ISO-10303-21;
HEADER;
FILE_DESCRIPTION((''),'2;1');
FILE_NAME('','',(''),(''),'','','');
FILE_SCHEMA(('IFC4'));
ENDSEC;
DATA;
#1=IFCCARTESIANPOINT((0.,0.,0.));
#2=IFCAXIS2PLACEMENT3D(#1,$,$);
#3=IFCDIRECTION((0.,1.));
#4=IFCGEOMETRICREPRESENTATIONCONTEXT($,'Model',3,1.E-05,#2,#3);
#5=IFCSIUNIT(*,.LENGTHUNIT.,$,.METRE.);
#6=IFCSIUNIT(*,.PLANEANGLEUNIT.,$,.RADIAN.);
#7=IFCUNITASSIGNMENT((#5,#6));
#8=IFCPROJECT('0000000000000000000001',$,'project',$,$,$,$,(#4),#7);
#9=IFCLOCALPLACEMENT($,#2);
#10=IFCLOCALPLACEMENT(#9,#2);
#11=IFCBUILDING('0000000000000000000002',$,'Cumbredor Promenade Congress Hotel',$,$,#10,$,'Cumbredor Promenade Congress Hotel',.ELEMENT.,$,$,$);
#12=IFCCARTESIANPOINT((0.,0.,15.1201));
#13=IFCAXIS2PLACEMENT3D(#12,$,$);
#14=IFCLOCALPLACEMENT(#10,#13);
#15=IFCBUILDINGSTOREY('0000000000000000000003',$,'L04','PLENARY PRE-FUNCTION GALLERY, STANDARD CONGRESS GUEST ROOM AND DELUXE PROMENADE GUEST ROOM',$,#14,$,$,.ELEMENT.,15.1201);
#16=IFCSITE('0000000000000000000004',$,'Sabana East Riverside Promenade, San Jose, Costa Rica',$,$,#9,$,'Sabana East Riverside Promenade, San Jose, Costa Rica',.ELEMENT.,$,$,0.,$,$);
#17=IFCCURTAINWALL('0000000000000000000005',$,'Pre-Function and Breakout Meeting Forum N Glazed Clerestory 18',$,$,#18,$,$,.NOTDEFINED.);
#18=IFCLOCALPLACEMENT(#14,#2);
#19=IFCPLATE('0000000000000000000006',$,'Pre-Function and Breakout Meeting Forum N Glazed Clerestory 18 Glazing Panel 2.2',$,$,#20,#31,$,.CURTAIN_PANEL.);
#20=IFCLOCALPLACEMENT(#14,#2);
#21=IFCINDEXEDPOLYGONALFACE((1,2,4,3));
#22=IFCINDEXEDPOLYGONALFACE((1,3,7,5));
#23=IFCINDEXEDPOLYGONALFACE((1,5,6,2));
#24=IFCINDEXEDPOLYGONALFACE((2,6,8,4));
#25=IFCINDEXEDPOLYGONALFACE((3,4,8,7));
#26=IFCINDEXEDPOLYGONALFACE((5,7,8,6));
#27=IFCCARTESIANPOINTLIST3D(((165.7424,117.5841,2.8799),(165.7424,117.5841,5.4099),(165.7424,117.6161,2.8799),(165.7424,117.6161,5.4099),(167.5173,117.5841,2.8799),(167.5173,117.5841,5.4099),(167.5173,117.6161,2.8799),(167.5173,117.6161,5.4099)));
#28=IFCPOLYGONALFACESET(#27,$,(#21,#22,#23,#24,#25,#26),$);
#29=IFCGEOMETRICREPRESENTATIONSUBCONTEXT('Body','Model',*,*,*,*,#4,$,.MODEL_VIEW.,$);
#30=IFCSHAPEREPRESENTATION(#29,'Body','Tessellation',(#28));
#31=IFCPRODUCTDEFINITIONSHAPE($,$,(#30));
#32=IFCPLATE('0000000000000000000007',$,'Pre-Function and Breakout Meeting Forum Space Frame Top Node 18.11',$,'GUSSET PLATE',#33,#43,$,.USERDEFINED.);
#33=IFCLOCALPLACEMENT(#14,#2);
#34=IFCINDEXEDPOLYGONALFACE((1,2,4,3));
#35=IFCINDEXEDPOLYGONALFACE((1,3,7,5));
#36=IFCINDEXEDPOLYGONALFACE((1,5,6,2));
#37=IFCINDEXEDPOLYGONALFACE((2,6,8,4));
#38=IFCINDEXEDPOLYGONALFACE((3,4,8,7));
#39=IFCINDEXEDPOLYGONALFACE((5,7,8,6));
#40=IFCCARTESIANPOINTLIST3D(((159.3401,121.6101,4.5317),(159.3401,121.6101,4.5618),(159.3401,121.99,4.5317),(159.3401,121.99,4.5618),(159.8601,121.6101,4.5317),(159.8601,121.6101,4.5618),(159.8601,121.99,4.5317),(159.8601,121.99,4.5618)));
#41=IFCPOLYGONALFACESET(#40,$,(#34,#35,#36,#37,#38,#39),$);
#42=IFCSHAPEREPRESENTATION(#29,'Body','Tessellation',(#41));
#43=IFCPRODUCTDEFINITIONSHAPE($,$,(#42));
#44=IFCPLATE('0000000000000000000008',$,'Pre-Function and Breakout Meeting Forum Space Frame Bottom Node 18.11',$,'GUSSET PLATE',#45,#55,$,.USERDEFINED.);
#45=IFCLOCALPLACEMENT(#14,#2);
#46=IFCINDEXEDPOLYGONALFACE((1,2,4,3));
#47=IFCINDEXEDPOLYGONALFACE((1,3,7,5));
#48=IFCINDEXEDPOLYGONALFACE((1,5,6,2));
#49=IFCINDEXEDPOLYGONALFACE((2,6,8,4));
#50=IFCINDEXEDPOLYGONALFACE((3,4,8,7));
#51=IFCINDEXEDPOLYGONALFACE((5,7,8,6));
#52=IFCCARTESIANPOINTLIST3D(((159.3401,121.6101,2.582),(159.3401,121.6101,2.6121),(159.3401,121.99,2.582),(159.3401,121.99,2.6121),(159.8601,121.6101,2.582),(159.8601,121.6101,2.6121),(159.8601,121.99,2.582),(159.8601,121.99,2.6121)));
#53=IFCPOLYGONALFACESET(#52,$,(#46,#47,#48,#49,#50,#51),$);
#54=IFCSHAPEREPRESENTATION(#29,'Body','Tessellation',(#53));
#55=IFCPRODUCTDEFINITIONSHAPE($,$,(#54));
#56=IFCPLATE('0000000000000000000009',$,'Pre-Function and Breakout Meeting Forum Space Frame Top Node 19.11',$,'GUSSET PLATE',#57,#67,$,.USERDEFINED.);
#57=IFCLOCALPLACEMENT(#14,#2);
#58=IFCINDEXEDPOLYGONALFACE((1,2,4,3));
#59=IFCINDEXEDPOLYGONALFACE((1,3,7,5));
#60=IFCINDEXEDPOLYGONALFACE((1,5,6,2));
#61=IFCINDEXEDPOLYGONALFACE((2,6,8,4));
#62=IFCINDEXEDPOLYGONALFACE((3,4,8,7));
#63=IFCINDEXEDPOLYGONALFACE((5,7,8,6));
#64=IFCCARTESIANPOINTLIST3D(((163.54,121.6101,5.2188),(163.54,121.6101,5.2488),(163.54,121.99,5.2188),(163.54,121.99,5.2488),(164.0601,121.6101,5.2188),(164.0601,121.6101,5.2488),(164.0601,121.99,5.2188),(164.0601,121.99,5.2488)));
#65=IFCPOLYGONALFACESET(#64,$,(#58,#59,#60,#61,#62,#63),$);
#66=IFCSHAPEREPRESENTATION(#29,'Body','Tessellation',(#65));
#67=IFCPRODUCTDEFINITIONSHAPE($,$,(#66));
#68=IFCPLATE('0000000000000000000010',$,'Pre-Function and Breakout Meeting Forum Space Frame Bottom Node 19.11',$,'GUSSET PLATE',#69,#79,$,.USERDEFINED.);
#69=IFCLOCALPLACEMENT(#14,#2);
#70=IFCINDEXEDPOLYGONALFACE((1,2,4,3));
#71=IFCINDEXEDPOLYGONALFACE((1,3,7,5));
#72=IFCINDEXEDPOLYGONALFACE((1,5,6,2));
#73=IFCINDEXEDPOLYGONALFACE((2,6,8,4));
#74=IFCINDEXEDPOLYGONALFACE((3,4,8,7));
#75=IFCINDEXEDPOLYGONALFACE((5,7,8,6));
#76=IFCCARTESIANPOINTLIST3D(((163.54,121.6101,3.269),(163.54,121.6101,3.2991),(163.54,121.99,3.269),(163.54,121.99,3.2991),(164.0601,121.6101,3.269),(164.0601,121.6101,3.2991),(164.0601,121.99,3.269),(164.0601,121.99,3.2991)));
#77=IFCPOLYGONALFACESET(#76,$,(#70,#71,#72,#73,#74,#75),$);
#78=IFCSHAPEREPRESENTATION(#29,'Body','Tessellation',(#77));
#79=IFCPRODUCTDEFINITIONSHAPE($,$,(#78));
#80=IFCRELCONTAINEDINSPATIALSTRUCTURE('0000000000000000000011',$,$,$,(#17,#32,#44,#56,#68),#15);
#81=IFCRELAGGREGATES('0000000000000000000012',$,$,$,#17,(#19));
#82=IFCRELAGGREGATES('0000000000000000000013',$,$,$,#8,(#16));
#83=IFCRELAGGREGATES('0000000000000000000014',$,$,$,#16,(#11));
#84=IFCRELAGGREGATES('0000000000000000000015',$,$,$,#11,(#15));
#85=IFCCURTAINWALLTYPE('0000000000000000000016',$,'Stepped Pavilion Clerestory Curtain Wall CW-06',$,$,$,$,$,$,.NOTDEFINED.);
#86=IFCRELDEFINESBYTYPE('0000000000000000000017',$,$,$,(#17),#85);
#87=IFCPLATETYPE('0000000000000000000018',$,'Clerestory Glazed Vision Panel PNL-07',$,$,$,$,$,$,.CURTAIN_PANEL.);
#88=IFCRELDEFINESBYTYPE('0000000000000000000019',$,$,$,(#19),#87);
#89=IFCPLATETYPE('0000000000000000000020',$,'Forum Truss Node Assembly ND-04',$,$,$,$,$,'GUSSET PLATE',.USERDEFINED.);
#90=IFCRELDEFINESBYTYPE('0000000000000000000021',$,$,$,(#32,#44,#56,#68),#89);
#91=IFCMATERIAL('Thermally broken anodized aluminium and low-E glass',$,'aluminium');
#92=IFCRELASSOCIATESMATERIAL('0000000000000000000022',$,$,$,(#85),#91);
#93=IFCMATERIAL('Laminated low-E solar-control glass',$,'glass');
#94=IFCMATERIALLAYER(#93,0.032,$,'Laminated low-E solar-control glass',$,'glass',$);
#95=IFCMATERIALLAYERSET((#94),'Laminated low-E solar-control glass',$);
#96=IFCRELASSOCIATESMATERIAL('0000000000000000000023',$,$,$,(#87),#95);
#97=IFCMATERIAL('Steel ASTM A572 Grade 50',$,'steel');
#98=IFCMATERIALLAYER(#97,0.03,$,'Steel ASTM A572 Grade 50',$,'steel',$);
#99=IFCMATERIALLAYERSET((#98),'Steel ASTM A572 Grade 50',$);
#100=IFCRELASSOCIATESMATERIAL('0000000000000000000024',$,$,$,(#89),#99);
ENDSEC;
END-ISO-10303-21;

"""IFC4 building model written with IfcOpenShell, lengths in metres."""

from ifc_helpers import new_model, si_unit, direction, frame, origin, origin_2d, place, context, subcontext, project, spatial, rectangle, extrude, material, layer, layer_set, type_object, element, aggregate, save


model = new_model("IFC4")

# Units and contexts
model_context = context("Model", 3, precision=1e-05, world=origin(), true_north=direction((0.0, 1.0)))
body_context = subcontext(model_context, "Body", "Model", "MODEL_VIEW")
ifc_project = project(units=[si_unit("LENGTHUNIT", "METRE"), si_unit("PLANEANGLEUNIT", "RADIAN")], contexts=[model_context])

# Site, building, storey
site_placement = place(None, origin())
site = spatial("IfcSite", under=ifc_project, at=site_placement, Name="Sabana East Riverside Promenade, San Jose, Costa Rica", LongName="Sabana East Riverside Promenade, San Jose, Costa Rica", CompositionType="ELEMENT", RefElevation=0.0)
building_placement = place(site_placement, origin())
building = spatial("IfcBuilding", under=site, at=building_placement, Name="Cumbredor Promenade Congress Hotel", LongName="Cumbredor Promenade Congress Hotel", CompositionType="ELEMENT")
storey_placement = place(building_placement, frame((0.0, 0.0, 15.1201)))
storey = spatial("IfcBuildingStorey", under=building, at=storey_placement, Name="L04", Description="PLENARY PRE-FUNCTION GALLERY, STANDARD CONGRESS GUEST ROOM AND DELUXE PROMENADE GUEST ROOM", CompositionType="ELEMENT", Elevation=15.1201)

# Curtain wall
ifc_material_1 = material(Name="Thermally broken anodized aluminium and low-E glass", Category="aluminium")
curtain_wall_type = type_object("IfcCurtainWallType", Name="Stepped Pavilion Clerestory Curtain Wall CW-06", PredefinedType="NOTDEFINED", material=ifc_material_1)
curtain_wall_placement = place(storey_placement, origin())
curtain_wall = element("IfcCurtainWall", 1, at=curtain_wall_placement, inside=storey, type_object=curtain_wall_type, Name="Pre-Function and Breakout Meeting Forum N Glazed Clerestory 18", PredefinedType="NOTDEFINED")

# Plate
ifc_material_2 = material(Name="Laminated low-E solar-control glass", Category="glass")
ifc_layer_1 = layer(ifc_material_2, 0.032, Name="Laminated low-E solar-control glass", Category="glass")
ifc_layer_set_1 = layer_set([ifc_layer_1], Name="Laminated low-E solar-control glass")
plate_type_1 = type_object("IfcPlateType", Name="Clerestory Glazed Vision Panel PNL-07", PredefinedType="CURTAIN_PANEL", material=ifc_layer_set_1)
plate_1_placement = place(storey_placement, frame((166.6299, 117.6001, 2.8799), z_axis=(0.0, 0.0, 1.0), x_axis=(1.0, 0.0, 0.0)))
plate_1 = element("IfcPlate", 2, at=plate_1_placement, type_object=plate_type_1, Name="Pre-Function and Breakout Meeting Forum N Glazed Clerestory 18 Glazing Panel 2.2", PredefinedType="CURTAIN_PANEL", context=body_context, shape_type="SweptSolid", body=[
    extrude(rectangle(XDim=1.7749, YDim=0.032, at=origin_2d()), origin(), (0.0, 0.0, 1.0), 2.53),
])
aggregate(curtain_wall, [plate_1])

# Plates
ifc_material_3 = material(Name="Steel ASTM A572 Grade 50", Category="steel")
ifc_layer_2 = layer(ifc_material_3, 0.03, Name="Steel ASTM A572 Grade 50", Category="steel")
ifc_layer_set_2 = layer_set([ifc_layer_2], Name="Steel ASTM A572 Grade 50")
plate_type_2 = type_object("IfcPlateType", Name="Forum Truss Node Assembly ND-04", ElementType="GUSSET PLATE", PredefinedType="USERDEFINED", material=ifc_layer_set_2)
for number, where, z_axis, x_axis, name in (
    (3, (159.6001, 121.8, 4.5317), (0.0, 0.0, 1.0), (1.0, 0.0, 0.0), "Pre-Function and Breakout Meeting Forum Space Frame Top Node 18.11"),
    (4, (159.6001, 121.8, 2.582), (0.0, 0.0, 1.0), (1.0, 0.0, 0.0), "Pre-Function and Breakout Meeting Forum Space Frame Bottom Node 18.11"),
    (5, (163.8, 121.8, 5.2188), (0.0, 0.0, 1.0), (1.0, 0.0, 0.0), "Pre-Function and Breakout Meeting Forum Space Frame Top Node 19.11"),
    (6, (163.8, 121.8, 3.269), (0.0, 0.0, 1.0), (1.0, 0.0, 0.0), "Pre-Function and Breakout Meeting Forum Space Frame Bottom Node 19.11"),
):
    element("IfcPlate", number, at=place(storey_placement, frame(where, z_axis=z_axis, x_axis=x_axis)), inside=storey, type_object=plate_type_2, Name=name, ObjectType="GUSSET PLATE", PredefinedType="USERDEFINED", context=body_context, shape_type="SweptSolid", body=[
        extrude(rectangle(XDim=0.52, YDim=0.3799, at=origin_2d()), origin(), (0.0, 0.0, 1.0), 0.03),
    ])

save(model, "model.ifc")
